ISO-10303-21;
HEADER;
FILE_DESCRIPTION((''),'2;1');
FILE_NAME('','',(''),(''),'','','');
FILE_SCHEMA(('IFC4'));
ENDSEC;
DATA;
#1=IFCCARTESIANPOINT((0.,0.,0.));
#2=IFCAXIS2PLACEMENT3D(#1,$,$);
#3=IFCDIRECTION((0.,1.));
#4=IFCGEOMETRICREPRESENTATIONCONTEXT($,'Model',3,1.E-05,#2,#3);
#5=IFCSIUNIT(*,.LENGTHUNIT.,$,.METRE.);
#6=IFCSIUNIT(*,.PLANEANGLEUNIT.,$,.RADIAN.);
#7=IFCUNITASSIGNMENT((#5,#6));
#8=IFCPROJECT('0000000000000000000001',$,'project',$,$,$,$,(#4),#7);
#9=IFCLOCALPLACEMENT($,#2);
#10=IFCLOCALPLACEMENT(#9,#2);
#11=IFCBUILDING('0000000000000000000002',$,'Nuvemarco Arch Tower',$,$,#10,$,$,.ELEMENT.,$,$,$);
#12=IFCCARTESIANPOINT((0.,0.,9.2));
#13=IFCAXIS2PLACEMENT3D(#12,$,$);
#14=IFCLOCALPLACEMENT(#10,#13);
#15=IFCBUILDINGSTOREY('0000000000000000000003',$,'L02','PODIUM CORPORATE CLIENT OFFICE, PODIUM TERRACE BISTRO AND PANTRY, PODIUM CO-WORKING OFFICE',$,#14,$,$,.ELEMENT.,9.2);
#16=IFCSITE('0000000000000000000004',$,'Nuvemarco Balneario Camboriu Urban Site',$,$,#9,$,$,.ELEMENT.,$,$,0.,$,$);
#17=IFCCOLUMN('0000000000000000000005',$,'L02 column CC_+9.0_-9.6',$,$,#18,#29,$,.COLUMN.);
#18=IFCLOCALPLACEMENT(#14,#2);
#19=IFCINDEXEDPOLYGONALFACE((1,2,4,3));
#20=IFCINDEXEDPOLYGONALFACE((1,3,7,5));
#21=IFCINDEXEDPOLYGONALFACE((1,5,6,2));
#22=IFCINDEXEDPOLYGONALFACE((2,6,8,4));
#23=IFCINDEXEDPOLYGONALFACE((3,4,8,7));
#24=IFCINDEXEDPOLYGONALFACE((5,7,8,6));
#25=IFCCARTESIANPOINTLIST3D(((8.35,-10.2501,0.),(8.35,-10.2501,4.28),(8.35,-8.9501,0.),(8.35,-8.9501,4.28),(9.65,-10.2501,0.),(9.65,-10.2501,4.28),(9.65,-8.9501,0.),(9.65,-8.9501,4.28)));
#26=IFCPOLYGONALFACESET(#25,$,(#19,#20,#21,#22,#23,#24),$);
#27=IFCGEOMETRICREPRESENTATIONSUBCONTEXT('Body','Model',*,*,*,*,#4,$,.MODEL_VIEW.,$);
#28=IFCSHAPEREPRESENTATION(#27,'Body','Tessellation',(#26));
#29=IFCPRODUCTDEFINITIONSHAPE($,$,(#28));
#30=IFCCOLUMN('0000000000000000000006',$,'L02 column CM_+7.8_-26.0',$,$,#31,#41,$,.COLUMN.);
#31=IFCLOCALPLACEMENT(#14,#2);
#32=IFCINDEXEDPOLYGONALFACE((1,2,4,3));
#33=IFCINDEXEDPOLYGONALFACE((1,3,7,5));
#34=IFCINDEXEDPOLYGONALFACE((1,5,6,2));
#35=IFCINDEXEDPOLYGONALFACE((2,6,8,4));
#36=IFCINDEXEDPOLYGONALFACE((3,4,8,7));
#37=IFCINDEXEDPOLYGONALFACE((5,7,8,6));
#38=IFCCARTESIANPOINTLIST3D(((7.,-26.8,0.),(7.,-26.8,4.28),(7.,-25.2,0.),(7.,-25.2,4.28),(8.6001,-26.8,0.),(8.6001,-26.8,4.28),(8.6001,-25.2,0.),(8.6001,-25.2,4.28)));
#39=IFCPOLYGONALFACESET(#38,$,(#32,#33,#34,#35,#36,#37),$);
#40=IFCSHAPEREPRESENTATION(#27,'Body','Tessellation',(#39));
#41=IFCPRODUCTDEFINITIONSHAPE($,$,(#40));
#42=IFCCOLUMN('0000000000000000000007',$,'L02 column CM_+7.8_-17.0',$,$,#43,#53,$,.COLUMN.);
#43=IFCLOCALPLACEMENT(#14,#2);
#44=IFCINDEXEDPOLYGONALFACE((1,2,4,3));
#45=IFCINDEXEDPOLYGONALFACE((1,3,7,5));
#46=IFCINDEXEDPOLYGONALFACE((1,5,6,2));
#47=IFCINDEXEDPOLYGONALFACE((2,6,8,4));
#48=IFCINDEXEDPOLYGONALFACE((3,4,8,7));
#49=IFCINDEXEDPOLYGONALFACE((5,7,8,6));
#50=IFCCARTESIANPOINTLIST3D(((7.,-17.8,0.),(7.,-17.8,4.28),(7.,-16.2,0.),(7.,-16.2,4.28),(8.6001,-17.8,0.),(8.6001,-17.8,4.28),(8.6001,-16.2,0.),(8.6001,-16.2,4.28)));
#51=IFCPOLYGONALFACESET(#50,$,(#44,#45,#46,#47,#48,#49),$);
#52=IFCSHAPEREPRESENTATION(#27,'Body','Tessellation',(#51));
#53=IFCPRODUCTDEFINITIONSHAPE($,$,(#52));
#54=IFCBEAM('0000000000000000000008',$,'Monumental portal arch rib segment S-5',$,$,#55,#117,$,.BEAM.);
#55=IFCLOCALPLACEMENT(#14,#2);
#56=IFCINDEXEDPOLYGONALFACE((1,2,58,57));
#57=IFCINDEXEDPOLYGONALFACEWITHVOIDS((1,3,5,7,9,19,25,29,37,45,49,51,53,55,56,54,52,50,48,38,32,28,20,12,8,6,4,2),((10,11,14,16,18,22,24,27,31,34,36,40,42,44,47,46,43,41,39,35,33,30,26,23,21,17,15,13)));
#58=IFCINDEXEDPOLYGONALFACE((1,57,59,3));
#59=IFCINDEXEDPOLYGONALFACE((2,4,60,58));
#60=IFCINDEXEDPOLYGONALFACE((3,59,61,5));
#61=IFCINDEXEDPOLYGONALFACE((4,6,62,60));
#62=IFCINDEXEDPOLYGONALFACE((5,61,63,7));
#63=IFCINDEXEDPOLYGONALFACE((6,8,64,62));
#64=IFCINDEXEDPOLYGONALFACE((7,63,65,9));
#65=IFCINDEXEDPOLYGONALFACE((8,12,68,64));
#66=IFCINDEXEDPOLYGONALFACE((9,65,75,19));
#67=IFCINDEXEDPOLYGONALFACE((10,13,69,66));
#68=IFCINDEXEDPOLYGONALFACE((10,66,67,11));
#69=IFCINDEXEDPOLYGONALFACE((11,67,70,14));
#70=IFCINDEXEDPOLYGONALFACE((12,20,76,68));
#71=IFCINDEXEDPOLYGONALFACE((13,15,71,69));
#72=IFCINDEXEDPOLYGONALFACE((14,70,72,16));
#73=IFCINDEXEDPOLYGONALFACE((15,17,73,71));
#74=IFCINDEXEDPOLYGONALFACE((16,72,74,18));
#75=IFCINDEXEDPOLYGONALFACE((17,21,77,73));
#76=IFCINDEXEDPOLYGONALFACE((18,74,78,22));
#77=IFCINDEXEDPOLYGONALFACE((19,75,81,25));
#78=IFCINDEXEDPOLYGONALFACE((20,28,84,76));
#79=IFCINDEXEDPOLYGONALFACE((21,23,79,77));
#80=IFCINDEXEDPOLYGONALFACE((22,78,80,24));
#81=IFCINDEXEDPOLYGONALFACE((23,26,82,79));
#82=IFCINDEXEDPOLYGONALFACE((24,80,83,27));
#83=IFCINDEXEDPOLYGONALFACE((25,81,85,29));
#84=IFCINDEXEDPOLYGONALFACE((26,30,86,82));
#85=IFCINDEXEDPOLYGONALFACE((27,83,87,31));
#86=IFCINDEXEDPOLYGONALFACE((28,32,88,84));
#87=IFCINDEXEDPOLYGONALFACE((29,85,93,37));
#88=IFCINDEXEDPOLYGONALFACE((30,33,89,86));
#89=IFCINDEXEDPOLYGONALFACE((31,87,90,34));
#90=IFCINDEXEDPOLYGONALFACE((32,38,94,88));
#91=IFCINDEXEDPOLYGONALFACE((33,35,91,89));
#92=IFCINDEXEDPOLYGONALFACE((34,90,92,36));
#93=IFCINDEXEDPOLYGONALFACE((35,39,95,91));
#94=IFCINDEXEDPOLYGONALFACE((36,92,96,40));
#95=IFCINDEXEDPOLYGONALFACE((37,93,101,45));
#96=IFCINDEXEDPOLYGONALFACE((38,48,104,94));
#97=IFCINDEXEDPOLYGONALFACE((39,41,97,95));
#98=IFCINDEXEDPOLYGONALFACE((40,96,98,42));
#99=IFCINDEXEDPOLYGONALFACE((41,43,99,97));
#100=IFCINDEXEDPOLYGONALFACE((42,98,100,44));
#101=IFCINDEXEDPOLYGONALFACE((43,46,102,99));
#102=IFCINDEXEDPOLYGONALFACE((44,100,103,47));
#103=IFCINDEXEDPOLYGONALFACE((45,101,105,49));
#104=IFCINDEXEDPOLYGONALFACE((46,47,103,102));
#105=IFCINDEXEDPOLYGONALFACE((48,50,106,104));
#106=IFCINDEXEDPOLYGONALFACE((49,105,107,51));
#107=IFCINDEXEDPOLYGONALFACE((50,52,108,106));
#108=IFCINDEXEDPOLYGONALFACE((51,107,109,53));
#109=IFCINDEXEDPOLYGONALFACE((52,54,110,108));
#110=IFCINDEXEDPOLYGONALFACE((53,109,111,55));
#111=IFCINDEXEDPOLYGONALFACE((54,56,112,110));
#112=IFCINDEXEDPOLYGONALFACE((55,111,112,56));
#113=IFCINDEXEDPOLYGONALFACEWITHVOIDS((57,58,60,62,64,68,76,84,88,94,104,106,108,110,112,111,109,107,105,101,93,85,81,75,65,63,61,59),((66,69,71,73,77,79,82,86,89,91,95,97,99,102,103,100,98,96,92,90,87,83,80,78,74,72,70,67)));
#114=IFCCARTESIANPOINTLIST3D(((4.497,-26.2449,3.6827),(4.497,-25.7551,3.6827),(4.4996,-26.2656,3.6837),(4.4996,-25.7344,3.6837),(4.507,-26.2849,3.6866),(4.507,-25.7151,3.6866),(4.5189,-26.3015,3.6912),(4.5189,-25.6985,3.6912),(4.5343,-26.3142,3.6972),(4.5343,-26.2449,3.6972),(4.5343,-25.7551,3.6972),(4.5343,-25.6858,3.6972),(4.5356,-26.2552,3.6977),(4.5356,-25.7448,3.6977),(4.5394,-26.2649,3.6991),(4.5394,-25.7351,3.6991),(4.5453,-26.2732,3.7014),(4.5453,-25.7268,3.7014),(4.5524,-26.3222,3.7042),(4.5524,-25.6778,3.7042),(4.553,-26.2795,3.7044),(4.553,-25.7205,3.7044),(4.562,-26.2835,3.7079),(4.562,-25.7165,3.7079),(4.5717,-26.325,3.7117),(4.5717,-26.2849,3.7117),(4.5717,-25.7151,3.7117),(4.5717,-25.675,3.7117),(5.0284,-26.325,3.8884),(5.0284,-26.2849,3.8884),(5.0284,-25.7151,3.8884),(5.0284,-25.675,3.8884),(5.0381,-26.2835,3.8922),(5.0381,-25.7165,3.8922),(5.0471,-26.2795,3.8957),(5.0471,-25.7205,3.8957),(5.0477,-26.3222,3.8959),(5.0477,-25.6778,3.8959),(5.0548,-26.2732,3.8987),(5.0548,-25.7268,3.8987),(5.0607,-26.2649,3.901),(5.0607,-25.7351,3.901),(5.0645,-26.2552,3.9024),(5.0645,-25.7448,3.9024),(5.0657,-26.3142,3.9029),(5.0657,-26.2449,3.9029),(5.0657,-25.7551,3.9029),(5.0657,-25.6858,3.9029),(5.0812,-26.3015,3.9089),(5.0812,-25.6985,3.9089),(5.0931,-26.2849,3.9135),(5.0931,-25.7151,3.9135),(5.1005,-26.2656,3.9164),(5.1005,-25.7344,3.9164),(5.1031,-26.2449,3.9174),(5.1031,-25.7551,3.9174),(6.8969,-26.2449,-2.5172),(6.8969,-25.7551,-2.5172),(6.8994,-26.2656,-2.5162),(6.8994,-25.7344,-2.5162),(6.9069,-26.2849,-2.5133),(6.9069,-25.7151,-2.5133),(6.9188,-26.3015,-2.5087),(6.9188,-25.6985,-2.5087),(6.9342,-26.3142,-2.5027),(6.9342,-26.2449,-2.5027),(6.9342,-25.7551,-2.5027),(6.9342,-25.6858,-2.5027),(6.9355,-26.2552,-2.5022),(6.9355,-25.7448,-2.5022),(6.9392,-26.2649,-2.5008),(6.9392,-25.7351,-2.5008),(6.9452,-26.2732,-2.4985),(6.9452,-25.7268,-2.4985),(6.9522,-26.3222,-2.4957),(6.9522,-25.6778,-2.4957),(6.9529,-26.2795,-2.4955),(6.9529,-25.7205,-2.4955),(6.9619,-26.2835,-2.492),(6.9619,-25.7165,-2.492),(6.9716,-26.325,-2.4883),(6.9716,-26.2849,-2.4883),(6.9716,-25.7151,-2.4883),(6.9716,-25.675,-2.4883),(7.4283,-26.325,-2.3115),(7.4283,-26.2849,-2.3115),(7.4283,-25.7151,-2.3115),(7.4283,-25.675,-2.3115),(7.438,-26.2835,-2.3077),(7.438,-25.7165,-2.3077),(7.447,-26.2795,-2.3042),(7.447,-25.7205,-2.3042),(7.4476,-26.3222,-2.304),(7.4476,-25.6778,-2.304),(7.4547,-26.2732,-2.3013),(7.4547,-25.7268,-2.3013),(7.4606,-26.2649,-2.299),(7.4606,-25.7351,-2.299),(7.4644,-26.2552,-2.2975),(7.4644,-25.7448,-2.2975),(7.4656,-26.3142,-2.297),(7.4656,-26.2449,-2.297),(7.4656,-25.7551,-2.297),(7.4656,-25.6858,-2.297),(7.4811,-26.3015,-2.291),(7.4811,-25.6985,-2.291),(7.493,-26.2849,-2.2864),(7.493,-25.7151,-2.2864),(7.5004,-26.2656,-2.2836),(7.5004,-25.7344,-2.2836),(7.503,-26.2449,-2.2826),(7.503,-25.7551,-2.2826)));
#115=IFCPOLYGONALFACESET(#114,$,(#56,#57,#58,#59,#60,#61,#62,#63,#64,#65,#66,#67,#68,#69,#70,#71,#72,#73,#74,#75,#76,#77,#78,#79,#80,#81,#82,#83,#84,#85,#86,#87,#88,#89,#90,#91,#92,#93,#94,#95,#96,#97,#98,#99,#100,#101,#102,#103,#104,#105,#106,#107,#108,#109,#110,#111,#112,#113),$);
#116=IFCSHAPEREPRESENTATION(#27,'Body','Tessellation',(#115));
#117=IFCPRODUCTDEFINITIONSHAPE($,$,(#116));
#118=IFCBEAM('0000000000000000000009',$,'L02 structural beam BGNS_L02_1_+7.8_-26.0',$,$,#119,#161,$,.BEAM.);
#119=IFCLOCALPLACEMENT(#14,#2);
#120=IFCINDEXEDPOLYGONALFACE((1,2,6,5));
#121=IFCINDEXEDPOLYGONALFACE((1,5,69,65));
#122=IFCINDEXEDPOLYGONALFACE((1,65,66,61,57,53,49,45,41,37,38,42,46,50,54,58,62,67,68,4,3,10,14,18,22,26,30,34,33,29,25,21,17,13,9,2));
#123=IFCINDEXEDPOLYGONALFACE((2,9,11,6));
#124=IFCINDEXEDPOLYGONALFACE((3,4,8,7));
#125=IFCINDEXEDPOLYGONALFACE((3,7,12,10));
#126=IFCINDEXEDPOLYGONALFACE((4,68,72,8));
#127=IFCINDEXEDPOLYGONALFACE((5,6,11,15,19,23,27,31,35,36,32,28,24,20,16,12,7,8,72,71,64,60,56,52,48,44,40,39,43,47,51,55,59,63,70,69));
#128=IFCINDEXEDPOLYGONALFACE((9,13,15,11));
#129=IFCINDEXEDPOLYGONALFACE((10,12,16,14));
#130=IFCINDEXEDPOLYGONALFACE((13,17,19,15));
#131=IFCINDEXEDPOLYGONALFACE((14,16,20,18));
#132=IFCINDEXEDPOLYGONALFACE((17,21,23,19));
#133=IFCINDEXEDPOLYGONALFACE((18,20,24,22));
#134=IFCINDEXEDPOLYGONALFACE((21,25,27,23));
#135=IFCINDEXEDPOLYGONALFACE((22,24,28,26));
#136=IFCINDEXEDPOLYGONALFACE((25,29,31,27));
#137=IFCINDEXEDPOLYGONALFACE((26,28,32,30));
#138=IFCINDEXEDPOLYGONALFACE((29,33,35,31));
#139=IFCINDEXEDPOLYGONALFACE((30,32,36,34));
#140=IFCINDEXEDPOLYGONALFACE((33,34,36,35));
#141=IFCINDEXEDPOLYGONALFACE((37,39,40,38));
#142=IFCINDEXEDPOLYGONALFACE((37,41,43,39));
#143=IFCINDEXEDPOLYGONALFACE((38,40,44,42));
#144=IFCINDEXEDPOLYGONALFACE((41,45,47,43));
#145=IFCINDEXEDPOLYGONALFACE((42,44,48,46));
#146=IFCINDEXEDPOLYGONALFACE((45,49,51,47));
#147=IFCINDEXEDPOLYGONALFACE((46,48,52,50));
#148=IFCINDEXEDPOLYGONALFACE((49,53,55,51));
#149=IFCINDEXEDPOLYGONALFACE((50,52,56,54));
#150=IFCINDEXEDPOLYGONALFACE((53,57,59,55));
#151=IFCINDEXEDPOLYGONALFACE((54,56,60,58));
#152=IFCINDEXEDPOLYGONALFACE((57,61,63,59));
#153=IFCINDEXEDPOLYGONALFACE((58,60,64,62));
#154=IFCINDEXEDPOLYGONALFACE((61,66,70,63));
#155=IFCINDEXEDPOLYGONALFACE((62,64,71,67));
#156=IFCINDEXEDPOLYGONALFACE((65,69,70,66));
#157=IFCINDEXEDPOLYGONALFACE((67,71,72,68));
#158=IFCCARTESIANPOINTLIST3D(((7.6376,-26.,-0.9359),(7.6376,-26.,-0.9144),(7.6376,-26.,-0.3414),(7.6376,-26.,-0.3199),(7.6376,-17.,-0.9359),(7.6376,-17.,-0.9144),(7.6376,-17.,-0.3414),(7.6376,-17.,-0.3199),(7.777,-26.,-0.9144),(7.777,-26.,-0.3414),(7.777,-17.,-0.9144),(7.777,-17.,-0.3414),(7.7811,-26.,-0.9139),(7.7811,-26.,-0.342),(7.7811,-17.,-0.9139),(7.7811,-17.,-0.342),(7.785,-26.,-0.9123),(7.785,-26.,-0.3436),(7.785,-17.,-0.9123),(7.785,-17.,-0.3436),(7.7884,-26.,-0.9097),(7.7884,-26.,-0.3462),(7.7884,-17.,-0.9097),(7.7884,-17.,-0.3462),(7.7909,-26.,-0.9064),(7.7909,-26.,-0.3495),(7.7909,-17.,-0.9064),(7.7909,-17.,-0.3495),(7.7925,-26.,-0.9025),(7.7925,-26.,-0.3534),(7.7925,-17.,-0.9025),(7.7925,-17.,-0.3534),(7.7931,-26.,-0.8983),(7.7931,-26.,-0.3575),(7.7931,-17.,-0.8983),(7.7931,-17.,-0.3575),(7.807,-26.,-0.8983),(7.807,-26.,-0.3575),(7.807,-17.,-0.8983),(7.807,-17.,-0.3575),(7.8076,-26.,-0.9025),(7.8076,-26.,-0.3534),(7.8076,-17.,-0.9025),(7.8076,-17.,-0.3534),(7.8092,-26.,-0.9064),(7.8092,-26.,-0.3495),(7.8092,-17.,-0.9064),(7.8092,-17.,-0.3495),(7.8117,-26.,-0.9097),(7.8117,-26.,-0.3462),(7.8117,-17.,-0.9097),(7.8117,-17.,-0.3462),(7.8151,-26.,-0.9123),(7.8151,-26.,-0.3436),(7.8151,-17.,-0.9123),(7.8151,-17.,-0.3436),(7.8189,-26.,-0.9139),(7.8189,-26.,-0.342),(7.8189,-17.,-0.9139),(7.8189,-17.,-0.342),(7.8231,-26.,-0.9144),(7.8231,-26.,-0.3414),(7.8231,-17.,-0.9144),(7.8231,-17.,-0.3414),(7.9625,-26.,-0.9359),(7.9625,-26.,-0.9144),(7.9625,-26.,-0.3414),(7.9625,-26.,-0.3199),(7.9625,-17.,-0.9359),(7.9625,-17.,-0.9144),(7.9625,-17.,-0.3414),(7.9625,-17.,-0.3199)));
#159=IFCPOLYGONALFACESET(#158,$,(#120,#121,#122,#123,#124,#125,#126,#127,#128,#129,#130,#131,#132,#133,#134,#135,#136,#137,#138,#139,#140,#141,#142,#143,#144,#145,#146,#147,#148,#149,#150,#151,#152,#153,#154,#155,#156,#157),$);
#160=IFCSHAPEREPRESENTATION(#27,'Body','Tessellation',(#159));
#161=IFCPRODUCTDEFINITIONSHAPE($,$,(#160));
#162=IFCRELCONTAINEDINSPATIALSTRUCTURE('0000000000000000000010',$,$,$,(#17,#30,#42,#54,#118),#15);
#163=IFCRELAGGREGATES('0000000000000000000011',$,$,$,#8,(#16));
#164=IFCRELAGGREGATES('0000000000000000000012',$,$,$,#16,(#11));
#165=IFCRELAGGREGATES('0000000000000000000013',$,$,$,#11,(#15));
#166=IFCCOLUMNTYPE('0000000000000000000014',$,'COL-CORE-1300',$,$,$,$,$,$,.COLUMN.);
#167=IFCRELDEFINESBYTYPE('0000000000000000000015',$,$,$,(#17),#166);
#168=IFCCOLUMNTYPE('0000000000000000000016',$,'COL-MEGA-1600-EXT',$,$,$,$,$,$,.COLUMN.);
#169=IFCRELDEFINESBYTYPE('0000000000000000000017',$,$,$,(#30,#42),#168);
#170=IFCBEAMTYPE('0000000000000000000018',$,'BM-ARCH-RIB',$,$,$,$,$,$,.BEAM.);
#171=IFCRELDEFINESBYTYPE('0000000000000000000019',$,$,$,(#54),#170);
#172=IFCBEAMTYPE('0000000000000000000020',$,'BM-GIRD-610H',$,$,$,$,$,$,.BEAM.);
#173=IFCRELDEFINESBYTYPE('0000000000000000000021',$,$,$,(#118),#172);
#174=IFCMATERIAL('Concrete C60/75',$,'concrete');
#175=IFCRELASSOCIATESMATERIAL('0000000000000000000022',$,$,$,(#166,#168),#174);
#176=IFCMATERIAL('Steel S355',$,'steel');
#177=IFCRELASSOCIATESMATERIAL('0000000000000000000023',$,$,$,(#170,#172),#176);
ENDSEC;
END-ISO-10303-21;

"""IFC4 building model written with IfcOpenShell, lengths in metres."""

from ifc_helpers import new_model, si_unit, direction, frame, origin, origin_2d, place, context, subcontext, project, spatial, rectangle, hollow_rectangle, i_section, extrude, material, material_profile, profile_set, type_object, element, save


model = new_model("IFC4")

# Units and contexts
model_context = context("Model", 3, precision=1e-05, world=origin(), true_north=direction((0.0, 1.0)))
body_context = subcontext(model_context, "Body", "Model", "MODEL_VIEW")
ifc_project = project(units=[si_unit("LENGTHUNIT", "METRE"), si_unit("PLANEANGLEUNIT", "RADIAN")], contexts=[model_context])

# Site, building, storey
site_placement = place(None, origin())
site = spatial("IfcSite", under=ifc_project, at=site_placement, Name="Nuvemarco Balneario Camboriu Urban Site", CompositionType="ELEMENT", RefElevation=0.0)
building_placement = place(site_placement, origin())
building = spatial("IfcBuilding", under=site, at=building_placement, Name="Nuvemarco Arch Tower", CompositionType="ELEMENT")
storey_placement = place(building_placement, frame((0.0, 0.0, 9.2)))
storey = spatial("IfcBuildingStorey", under=building, at=storey_placement, Name="L02", Description="PODIUM CORPORATE CLIENT OFFICE, PODIUM TERRACE BISTRO AND PANTRY, PODIUM CO-WORKING OFFICE", CompositionType="ELEMENT", Elevation=9.2)

# Columns
ifc_material_1 = material(Name="Concrete C60/75", Category="concrete")
ifc_material_profile_1 = material_profile(ifc_material_1, rectangle(XDim=1.3, YDim=1.3, at=origin_2d()), Name="RC-COL-1300x1300")
ifc_profile_set_1 = profile_set([ifc_material_profile_1], Name="Concrete C60/75")
column_type_1 = type_object("IfcColumnType", Name="COL-CORE-1300", PredefinedType="COLUMN", material=ifc_profile_set_1)
column_placement = place(storey_placement, frame((9.0, -9.6001, 0.0), z_axis=(0.0, 0.0, 1.0), x_axis=(1.0, 0.0, 0.0)))
element("IfcColumn", 1, at=column_placement, inside=storey, type_object=column_type_1, Name="L02 column CC_+9.0_-9.6", PredefinedType="COLUMN", context=body_context, shape_type="SweptSolid", body=[
    extrude(rectangle(XDim=1.3, YDim=1.3, at=origin_2d()), origin(), (0.0, 0.0, 1.0), 4.28),
])
ifc_material_profile_2 = material_profile(ifc_material_1, rectangle(XDim=1.6001, YDim=1.6001, at=origin_2d()), Name="RC-COL-1600x1600")
ifc_profile_set_2 = profile_set([ifc_material_profile_2], Name="Concrete C60/75")
column_type_2 = type_object("IfcColumnType", Name="COL-MEGA-1600-EXT", PredefinedType="COLUMN", material=ifc_profile_set_2)
for number, where, z_axis, x_axis, name in (
    (2, (7.8, -26.0, 0.0), (0.0, 0.0, 1.0), (1.0, 0.0, 0.0), "L02 column CM_+7.8_-26.0"),
    (3, (7.8, -17.0, 0.0), (0.0, 0.0, 1.0), (1.0, 0.0, 0.0), "L02 column CM_+7.8_-17.0"),
):
    element("IfcColumn", number, at=place(storey_placement, frame(where, z_axis=z_axis, x_axis=x_axis)), inside=storey, type_object=column_type_2, Name=name, PredefinedType="COLUMN", context=body_context, shape_type="SweptSolid", body=[
        extrude(rectangle(XDim=1.6001, YDim=1.6001, at=origin_2d()), origin(), (0.0, 0.0, 1.0), 4.28),
    ])

# Beams
ifc_material_2 = material(Name="Steel S355", Category="steel")
ifc_material_profile_3 = material_profile(ifc_material_2, hollow_rectangle(XDim=0.6499, YDim=0.6499, WallThickness=0.04, InnerFilletRadius=0.04, OuterFilletRadius=0.0801, at=origin_2d()), Name="SHS650x650x40")
ifc_profile_set_3 = profile_set([ifc_material_profile_3], Name="Steel S355")
beam_type_1 = type_object("IfcBeamType", Name="BM-ARCH-RIB", PredefinedType="BEAM", material=ifc_profile_set_3)
beam_1_placement = place(storey_placement, frame((4.8, -26.0, 3.8), z_axis=(0.360984, 0.0, -0.932572), x_axis=(0.0, 1.0, 0.0)))
element("IfcBeam", 4, at=beam_1_placement, inside=storey, type_object=beam_type_1, Name="Monumental portal arch rib segment S-5", PredefinedType="BEAM", context=body_context, shape_type="SweptSolid", body=[
    extrude(hollow_rectangle(XDim=0.6499, YDim=0.6499, WallThickness=0.04, InnerFilletRadius=0.04, OuterFilletRadius=0.0801, at=origin_2d()), origin(), (0.0, 0.0, 1.0), 6.6482),
])
ifc_material_profile_4 = material_profile(ifc_material_2, i_section(OverallWidth=0.325, OverallDepth=0.616, WebThickness=0.0139, FlangeThickness=0.0215, FilletRadius=0.0161, at=origin_2d()), Name="W610x174")
ifc_profile_set_4 = profile_set([ifc_material_profile_4], Name="Steel S355")
beam_type_2 = type_object("IfcBeamType", Name="BM-GIRD-610H", PredefinedType="BEAM", material=ifc_profile_set_4)
beam_2_placement = place(storey_placement, frame((7.8, -26.0, -0.6279), z_axis=(0.0, 1.0, 0.0), x_axis=(-1.0, 0.0, 0.0)))
element("IfcBeam", 5, at=beam_2_placement, inside=storey, type_object=beam_type_2, Name="L02 structural beam BGNS_L02_1_+7.8_-26.0", PredefinedType="BEAM", context=body_context, shape_type="SweptSolid", body=[
    extrude(i_section(OverallWidth=0.325, OverallDepth=0.616, WebThickness=0.0139, FlangeThickness=0.0215, FilletRadius=0.0161, at=origin_2d()), origin(), (0.0, 0.0, 1.0), 9.0),
])

save(model, "model.ifc")
